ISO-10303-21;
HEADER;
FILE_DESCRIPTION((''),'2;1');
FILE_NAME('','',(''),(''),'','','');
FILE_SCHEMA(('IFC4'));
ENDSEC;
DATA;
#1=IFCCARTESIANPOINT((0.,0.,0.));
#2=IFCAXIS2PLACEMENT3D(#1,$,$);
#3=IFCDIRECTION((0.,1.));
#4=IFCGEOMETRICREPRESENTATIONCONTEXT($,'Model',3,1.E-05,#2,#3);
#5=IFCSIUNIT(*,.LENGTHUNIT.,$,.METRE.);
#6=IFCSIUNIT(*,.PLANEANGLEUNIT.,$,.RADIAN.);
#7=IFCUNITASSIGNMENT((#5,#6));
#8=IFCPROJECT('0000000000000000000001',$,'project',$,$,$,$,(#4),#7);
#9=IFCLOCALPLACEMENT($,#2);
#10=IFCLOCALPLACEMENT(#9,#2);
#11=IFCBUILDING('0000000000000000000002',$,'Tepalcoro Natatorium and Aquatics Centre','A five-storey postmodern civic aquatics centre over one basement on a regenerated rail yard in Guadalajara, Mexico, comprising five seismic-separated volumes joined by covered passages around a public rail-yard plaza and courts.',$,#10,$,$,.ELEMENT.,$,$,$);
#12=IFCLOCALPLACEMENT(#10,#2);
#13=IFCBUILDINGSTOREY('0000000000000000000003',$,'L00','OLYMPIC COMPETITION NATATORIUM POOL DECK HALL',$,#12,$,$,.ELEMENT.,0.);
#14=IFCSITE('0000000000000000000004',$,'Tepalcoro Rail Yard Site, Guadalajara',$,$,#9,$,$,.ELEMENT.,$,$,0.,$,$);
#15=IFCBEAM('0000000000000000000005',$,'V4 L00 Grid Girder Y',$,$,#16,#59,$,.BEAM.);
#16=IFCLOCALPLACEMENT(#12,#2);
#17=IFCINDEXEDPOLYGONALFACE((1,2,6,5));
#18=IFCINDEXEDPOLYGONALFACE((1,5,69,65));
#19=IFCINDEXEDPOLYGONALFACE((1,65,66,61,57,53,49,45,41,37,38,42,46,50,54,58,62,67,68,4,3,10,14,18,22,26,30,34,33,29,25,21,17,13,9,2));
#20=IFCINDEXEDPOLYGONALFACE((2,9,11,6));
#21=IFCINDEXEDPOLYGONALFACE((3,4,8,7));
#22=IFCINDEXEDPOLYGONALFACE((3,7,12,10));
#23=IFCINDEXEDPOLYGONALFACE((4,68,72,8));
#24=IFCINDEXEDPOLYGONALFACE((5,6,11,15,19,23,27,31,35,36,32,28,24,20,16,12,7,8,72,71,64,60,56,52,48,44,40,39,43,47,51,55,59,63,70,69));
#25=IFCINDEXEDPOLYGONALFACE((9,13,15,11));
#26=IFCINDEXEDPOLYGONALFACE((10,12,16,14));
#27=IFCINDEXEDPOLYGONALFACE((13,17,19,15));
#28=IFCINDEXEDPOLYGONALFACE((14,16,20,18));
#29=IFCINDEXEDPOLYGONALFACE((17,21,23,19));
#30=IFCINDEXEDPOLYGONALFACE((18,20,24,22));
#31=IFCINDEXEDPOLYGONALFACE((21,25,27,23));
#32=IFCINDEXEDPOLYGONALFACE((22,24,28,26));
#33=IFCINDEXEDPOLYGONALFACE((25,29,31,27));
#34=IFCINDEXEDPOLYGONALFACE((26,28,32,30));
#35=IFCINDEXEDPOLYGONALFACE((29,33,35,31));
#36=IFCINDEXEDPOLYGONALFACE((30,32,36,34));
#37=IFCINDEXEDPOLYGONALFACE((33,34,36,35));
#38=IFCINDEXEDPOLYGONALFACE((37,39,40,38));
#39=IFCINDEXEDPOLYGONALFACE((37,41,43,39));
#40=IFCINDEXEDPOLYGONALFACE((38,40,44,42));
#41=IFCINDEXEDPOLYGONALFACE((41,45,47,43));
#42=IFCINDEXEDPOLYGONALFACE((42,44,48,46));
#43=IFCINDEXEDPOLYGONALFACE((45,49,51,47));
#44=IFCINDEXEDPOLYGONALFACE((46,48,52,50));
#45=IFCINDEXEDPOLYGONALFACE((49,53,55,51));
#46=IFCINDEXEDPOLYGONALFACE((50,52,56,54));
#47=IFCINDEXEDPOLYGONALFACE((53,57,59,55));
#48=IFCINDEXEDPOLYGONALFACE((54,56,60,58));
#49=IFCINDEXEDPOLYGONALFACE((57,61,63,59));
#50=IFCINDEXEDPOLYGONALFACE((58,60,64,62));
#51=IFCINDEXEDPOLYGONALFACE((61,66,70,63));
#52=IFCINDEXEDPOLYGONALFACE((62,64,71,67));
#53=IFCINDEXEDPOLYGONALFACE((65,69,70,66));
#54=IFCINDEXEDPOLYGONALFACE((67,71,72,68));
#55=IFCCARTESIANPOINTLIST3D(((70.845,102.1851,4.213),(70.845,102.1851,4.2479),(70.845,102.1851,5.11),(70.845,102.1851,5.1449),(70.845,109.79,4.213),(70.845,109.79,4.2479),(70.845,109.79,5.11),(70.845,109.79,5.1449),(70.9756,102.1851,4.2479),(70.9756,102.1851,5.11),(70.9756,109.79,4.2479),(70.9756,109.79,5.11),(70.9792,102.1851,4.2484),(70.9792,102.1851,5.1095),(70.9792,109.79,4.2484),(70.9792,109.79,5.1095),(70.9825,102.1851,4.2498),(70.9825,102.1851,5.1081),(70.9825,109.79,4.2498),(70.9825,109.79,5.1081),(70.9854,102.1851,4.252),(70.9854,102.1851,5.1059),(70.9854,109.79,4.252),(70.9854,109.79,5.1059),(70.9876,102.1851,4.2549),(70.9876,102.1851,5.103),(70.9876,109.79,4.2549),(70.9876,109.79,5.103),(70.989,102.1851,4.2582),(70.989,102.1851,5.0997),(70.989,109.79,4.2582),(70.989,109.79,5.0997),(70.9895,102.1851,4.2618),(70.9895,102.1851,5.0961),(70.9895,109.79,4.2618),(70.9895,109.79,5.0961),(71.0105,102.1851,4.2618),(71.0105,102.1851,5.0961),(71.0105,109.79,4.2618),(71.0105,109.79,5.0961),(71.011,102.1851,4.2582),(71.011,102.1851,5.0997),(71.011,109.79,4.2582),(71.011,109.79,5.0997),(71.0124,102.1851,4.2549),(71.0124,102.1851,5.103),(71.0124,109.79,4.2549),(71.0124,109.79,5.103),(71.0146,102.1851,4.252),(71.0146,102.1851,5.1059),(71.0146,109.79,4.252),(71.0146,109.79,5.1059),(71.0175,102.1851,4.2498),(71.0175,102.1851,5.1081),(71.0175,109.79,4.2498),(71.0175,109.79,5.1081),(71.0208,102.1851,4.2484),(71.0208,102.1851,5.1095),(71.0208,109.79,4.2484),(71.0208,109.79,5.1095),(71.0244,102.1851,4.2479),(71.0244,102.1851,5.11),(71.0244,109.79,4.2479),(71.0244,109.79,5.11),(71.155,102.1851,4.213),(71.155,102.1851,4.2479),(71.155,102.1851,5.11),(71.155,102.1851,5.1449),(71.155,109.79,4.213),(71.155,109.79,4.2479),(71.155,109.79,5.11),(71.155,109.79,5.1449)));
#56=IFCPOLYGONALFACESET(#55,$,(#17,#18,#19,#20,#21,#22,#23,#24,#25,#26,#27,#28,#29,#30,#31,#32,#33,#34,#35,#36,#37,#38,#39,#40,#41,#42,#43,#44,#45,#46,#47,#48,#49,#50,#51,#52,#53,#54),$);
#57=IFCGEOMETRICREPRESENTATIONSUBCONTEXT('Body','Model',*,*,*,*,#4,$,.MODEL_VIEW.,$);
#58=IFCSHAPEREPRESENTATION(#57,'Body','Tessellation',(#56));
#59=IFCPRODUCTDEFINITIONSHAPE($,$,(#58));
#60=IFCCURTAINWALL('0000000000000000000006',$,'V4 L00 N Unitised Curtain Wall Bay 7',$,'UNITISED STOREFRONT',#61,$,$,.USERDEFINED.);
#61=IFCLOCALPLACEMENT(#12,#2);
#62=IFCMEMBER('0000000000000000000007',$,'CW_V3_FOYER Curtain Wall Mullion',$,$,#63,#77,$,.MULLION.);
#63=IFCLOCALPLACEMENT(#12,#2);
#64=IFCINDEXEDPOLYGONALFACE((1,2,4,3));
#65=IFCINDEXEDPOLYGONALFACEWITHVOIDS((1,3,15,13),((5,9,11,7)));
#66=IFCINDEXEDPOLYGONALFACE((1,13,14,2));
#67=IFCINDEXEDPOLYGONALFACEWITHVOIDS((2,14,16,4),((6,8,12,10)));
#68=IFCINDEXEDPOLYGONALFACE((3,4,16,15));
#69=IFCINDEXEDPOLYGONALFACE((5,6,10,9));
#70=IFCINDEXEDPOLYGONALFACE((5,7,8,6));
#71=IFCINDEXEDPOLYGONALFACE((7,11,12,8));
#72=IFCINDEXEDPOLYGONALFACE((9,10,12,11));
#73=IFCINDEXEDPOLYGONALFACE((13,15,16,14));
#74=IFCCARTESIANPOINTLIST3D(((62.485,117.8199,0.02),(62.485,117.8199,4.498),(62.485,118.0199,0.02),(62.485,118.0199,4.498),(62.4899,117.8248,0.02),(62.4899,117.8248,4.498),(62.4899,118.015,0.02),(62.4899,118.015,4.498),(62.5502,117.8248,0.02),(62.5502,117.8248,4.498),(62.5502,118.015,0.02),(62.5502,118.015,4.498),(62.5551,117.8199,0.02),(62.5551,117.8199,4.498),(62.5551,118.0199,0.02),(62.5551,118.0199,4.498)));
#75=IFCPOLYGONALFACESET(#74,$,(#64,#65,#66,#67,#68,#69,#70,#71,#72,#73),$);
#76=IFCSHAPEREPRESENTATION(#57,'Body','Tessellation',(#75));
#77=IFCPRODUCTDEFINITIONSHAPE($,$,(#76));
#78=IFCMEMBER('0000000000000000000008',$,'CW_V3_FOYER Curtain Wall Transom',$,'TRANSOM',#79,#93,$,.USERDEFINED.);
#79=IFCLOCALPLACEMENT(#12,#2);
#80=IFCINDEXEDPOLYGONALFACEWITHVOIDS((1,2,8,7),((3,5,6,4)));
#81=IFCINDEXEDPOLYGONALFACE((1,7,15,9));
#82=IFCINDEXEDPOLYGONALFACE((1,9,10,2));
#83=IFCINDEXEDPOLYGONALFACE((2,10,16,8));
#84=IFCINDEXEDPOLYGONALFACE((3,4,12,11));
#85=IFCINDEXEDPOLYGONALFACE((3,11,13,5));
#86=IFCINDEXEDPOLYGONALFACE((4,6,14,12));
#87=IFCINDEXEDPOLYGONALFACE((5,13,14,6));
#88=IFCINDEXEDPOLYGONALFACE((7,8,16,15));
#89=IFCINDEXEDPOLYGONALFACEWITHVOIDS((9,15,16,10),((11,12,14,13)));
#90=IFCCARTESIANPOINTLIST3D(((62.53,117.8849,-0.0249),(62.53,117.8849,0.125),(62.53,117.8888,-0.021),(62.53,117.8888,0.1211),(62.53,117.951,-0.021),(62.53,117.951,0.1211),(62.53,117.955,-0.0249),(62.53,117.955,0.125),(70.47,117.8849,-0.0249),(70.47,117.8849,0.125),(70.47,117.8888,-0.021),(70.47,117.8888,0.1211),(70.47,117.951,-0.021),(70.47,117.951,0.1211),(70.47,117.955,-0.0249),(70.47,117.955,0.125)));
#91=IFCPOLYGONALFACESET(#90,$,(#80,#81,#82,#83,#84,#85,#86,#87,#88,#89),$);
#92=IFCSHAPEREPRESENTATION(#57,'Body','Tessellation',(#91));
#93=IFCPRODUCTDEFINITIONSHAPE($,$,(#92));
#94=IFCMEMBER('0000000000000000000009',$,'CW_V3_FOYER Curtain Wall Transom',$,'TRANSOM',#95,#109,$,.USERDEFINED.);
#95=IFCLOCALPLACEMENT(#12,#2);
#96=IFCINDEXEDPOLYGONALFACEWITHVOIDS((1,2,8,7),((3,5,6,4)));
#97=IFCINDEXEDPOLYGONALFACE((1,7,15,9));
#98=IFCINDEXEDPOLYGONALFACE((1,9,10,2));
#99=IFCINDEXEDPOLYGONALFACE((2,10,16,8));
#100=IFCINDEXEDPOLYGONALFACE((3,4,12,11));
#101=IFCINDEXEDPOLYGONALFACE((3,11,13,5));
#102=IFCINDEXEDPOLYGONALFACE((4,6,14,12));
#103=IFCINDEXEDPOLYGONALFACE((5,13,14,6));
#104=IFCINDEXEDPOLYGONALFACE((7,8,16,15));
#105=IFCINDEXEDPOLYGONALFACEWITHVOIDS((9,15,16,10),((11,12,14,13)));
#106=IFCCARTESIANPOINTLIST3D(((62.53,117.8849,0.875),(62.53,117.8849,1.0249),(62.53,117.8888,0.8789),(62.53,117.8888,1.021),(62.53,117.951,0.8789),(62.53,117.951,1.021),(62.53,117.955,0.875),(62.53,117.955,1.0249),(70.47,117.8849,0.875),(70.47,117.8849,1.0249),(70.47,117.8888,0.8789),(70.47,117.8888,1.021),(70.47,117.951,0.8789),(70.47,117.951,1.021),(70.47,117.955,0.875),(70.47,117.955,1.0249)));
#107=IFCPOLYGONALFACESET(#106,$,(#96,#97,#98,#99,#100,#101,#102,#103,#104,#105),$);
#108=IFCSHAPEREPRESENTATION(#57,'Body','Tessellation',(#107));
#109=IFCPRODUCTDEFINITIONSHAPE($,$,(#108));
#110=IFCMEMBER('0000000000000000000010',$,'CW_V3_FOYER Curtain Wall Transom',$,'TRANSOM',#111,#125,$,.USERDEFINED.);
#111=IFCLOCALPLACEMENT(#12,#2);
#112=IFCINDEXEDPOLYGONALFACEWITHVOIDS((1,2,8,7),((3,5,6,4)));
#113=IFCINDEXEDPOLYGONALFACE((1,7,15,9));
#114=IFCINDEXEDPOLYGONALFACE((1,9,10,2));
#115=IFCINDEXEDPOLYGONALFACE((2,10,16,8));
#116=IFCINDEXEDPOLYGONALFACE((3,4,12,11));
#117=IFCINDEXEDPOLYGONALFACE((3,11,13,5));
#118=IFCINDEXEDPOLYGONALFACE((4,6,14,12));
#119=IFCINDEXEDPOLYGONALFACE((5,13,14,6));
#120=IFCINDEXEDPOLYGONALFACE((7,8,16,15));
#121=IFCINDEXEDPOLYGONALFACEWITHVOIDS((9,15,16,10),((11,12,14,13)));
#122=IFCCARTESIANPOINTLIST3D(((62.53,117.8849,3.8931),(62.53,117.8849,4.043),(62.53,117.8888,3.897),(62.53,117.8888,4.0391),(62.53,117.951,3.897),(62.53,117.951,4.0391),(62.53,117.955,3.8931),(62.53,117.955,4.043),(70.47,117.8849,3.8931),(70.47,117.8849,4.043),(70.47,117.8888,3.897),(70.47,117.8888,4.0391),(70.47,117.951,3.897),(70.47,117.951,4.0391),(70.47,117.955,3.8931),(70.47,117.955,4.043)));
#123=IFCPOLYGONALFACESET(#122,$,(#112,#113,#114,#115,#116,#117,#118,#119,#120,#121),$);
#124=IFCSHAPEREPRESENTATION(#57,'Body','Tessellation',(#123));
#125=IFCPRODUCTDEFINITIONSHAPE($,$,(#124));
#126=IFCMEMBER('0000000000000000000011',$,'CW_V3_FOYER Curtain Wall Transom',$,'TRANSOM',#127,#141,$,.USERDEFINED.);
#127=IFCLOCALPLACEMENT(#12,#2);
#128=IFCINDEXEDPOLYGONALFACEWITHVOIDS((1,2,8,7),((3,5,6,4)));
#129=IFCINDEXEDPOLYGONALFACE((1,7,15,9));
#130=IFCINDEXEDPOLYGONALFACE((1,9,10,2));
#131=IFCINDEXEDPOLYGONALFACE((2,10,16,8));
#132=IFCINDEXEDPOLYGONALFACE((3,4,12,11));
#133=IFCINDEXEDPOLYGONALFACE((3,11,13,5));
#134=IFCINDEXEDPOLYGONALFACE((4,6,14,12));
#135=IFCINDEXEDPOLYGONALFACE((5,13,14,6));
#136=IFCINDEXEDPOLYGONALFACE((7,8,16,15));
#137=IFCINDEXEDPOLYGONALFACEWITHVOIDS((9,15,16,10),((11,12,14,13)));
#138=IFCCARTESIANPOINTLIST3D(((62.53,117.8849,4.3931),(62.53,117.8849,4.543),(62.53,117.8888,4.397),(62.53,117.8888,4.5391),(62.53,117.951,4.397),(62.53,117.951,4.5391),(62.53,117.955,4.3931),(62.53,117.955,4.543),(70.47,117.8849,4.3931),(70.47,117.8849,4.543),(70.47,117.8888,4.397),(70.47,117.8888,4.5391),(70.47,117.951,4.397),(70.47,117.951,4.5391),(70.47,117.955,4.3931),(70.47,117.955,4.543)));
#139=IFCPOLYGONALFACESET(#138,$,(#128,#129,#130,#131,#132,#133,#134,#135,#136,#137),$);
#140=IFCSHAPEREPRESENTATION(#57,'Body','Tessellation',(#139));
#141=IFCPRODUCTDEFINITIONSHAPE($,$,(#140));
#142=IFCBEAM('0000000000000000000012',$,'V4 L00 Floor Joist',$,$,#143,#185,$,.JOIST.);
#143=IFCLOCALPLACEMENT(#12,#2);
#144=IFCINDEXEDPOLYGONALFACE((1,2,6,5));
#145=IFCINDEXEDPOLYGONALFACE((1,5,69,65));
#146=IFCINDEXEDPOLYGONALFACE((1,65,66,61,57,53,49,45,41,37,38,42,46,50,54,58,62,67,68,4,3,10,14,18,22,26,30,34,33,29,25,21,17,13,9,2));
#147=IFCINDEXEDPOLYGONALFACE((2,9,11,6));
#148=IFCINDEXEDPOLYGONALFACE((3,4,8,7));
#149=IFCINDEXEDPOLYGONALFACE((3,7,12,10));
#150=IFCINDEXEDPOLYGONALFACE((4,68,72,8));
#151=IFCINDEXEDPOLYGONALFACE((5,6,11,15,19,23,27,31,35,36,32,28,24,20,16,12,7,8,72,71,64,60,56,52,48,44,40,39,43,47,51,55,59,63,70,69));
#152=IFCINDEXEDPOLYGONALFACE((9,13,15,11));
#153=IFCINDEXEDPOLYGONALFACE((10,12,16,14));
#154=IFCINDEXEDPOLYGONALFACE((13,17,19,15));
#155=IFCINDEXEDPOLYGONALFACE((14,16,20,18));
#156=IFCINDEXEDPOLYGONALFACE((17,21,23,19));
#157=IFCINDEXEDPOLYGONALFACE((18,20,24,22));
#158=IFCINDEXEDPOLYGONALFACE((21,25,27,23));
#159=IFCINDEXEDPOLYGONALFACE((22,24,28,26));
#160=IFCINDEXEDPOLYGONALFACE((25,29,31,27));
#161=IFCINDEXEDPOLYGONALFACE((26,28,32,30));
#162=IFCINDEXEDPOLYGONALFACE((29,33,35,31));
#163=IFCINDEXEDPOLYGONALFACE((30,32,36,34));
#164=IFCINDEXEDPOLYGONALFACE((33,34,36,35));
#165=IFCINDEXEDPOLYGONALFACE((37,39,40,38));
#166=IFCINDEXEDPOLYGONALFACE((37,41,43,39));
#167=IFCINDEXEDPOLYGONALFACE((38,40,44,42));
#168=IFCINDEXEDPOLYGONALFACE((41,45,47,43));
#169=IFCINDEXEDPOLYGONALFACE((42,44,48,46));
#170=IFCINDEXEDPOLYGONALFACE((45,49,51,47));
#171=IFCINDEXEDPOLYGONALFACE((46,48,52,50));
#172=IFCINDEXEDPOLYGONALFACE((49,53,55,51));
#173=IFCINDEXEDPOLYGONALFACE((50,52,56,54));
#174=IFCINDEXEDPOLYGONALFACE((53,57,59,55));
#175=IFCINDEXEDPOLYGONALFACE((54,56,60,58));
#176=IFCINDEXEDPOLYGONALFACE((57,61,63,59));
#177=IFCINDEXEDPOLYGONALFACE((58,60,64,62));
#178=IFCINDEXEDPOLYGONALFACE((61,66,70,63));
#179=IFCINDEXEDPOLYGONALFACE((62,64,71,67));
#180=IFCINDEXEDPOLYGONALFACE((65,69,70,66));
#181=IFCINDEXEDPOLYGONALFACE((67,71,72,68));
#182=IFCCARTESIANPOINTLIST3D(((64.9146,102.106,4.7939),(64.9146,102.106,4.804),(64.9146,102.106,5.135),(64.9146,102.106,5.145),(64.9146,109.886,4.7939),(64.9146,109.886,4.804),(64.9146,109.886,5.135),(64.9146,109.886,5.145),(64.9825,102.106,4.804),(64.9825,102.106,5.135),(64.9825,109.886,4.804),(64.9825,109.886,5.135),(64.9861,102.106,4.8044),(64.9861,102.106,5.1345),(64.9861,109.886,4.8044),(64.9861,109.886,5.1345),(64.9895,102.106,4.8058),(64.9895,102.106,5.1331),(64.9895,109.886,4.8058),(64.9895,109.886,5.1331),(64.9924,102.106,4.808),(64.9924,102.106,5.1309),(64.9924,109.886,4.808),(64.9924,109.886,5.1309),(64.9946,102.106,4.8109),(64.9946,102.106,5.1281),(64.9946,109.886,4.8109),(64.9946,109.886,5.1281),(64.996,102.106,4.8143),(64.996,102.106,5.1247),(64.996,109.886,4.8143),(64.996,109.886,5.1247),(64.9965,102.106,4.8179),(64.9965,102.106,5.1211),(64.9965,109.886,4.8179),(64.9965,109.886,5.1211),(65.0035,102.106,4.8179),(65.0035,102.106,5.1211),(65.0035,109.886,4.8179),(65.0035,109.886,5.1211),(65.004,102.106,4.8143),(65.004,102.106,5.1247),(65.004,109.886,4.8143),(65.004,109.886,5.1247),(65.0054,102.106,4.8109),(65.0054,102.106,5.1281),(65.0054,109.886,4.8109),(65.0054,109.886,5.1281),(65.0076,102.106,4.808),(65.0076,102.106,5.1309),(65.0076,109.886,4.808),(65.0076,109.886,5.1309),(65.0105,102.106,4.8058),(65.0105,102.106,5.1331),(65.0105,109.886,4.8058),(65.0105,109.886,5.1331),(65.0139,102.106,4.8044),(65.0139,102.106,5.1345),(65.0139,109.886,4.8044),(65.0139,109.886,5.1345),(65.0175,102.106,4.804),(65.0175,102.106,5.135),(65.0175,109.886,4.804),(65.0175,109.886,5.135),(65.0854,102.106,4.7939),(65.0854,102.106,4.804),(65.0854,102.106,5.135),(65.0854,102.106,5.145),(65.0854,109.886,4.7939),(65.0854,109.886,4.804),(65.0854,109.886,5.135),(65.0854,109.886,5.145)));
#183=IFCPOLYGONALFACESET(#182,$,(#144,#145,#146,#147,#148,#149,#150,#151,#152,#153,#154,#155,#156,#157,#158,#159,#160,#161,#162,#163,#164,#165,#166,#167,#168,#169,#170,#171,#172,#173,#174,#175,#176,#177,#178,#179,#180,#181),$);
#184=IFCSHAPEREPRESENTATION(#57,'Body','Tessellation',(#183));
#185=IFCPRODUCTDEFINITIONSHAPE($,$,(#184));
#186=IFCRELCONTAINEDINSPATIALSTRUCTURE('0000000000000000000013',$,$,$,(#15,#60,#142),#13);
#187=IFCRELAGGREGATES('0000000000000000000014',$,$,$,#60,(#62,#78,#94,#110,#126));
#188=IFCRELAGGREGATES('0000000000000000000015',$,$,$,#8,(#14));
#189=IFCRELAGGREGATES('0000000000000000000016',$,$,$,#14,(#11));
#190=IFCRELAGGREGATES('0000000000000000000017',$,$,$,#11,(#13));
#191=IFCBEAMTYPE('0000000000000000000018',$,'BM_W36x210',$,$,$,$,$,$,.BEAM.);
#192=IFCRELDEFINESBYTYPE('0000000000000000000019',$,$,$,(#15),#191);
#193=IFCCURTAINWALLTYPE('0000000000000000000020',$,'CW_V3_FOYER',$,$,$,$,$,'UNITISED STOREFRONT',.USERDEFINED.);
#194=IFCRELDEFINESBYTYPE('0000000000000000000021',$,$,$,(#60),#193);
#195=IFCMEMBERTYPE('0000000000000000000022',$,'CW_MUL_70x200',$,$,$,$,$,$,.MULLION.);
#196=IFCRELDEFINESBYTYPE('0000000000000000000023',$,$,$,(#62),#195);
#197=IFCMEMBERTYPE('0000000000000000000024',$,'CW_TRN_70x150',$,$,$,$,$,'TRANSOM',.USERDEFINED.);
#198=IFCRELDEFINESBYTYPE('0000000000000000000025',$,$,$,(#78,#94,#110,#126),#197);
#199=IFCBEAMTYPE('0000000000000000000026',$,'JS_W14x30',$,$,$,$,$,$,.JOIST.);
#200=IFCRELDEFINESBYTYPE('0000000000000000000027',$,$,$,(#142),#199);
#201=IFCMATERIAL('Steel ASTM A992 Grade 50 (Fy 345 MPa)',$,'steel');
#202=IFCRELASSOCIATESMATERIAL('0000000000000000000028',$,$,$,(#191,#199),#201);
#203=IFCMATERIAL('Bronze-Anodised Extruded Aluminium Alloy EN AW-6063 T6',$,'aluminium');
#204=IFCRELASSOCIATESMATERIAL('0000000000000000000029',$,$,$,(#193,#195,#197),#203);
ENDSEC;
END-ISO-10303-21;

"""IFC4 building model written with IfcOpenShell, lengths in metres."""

from ifc_helpers import new_model, si_unit, direction, frame, origin, origin_2d, place, context, subcontext, project, spatial, hollow_rectangle, i_section, extrude, material, material_profile, profile_set, type_object, element, aggregate, save


model = new_model("IFC4")

# Units and contexts
model_context = context("Model", 3, precision=1e-05, world=origin(), true_north=direction((0.0, 1.0)))
body_context = subcontext(model_context, "Body", "Model", "MODEL_VIEW")
ifc_project = project(units=[si_unit("LENGTHUNIT", "METRE"), si_unit("PLANEANGLEUNIT", "RADIAN")], contexts=[model_context])

# Site, building, storey
site_placement = place(None, origin())
site = spatial("IfcSite", under=ifc_project, at=site_placement, Name="Tepalcoro Rail Yard Site, Guadalajara", CompositionType="ELEMENT", RefElevation=0.0)
building_placement = place(site_placement, origin())
building = spatial("IfcBuilding", under=site, at=building_placement, Name="Tepalcoro Natatorium and Aquatics Centre", Description="A five-storey postmodern civic aquatics centre over one basement on a regenerated rail yard in Guadalajara, Mexico, comprising five seismic-separated volumes joined by covered passages around a public rail-yard plaza and courts.", CompositionType="ELEMENT")
storey_placement = place(building_placement, origin())
storey = spatial("IfcBuildingStorey", under=building, at=storey_placement, Name="L00", Description="OLYMPIC COMPETITION NATATORIUM POOL DECK HALL", CompositionType="ELEMENT", Elevation=0.0)

# Beam
ifc_material_1 = material(Name="Steel ASTM A992 Grade 50 (Fy 345 MPa)", Category="steel")
ifc_material_profile_1 = material_profile(ifc_material_1, i_section(OverallWidth=0.3101, OverallDepth=0.9319, WebThickness=0.021, FlangeThickness=0.0349, FilletRadius=0.0139, at=origin_2d()), Name="W36X210")
ifc_profile_set_1 = profile_set([ifc_material_profile_1], Name="Steel ASTM A992 Grade 50 (Fy 345 MPa)")
beam_type_1 = type_object("IfcBeamType", Name="BM_W36x210", PredefinedType="BEAM", material=ifc_profile_set_1)
beam_1_placement = place(storey_placement, frame((71.0, 102.1851, 4.679), z_axis=(0.0, 1.0, 0.0), x_axis=(-1.0, 0.0, 0.0)))
element("IfcBeam", 1, at=beam_1_placement, inside=storey, type_object=beam_type_1, Name="V4 L00 Grid Girder Y", PredefinedType="BEAM", context=body_context, shape_type="SweptSolid", body=[
    extrude(i_section(OverallWidth=0.3101, OverallDepth=0.9319, WebThickness=0.021, FlangeThickness=0.0349, FilletRadius=0.0139, at=origin_2d()), origin(), (0.0, 0.0, 1.0), 7.605),
])

# Curtain wall, members
ifc_material_2 = material(Name="Bronze-Anodised Extruded Aluminium Alloy EN AW-6063 T6", Category="aluminium")
curtain_wall_type = type_object("IfcCurtainWallType", Name="CW_V3_FOYER", ElementType="UNITISED STOREFRONT", PredefinedType="USERDEFINED", material=ifc_material_2)
curtain_wall_placement = place(storey_placement, origin())
curtain_wall = element("IfcCurtainWall", 2, at=curtain_wall_placement, inside=storey, type_object=curtain_wall_type, Name="V4 L00 N Unitised Curtain Wall Bay 7", ObjectType="UNITISED STOREFRONT", PredefinedType="USERDEFINED")
ifc_material_profile_2 = material_profile(ifc_material_2, hollow_rectangle(XDim=0.0701, YDim=0.2, WallThickness=0.0049, at=origin_2d()), Name="AL70X200X5")
ifc_profile_set_2 = profile_set([ifc_material_profile_2], Name="Bronze-Anodised Extruded Aluminium Alloy EN AW-6063 T6")
member_type_1 = type_object("IfcMemberType", Name="CW_MUL_70x200", PredefinedType="MULLION", material=ifc_profile_set_2)
member_1_placement = place(storey_placement, frame((62.52, 117.9199, 0.02), z_axis=(0.0, 0.0, 1.0), x_axis=(1.0, 0.0, 0.0)))
member_1 = element("IfcMember", 3, at=member_1_placement, type_object=member_type_1, Name="CW_V3_FOYER Curtain Wall Mullion", PredefinedType="MULLION", context=body_context, shape_type="SweptSolid", body=[
    extrude(hollow_rectangle(XDim=0.0701, YDim=0.2, WallThickness=0.0049, at=origin_2d()), origin(), (0.0, 0.0, 1.0), 4.478),
])
ifc_material_profile_3 = material_profile(ifc_material_2, hollow_rectangle(XDim=0.0701, YDim=0.1499, WallThickness=0.0039, at=origin_2d()), Name="AL70X150X4")
ifc_profile_set_3 = profile_set([ifc_material_profile_3], Name="Bronze-Anodised Extruded Aluminium Alloy EN AW-6063 T6")
member_type_2 = type_object("IfcMemberType", Name="CW_TRN_70x150", ElementType="TRANSOM", PredefinedType="USERDEFINED", material=ifc_profile_set_3)
member_2_placement = place(storey_placement, frame((62.53, 117.9199, 0.05), z_axis=(1.0, 0.0, 0.0), x_axis=(0.0, 1.0, 0.0)))
member_2 = element("IfcMember", 4, at=member_2_placement, type_object=member_type_2, Name="CW_V3_FOYER Curtain Wall Transom", ObjectType="TRANSOM", PredefinedType="USERDEFINED", context=body_context, shape_type="SweptSolid", body=[
    extrude(hollow_rectangle(XDim=0.0701, YDim=0.1499, WallThickness=0.0039, at=origin_2d()), origin(), (0.0, 0.0, 1.0), 7.9399),
])
member_3_placement = place(storey_placement, frame((62.53, 117.9199, 0.95), z_axis=(1.0, 0.0, 0.0), x_axis=(0.0, 1.0, 0.0)))
member_3 = element("IfcMember", 5, at=member_3_placement, type_object=member_type_2, Name="CW_V3_FOYER Curtain Wall Transom", ObjectType="TRANSOM", PredefinedType="USERDEFINED", context=body_context, shape_type="SweptSolid", body=[
    extrude(hollow_rectangle(XDim=0.0701, YDim=0.1499, WallThickness=0.0039, at=origin_2d()), origin(), (0.0, 0.0, 1.0), 7.9399),
])
member_4_placement = place(storey_placement, frame((62.53, 117.9199, 3.968), z_axis=(1.0, 0.0, 0.0), x_axis=(0.0, 1.0, 0.0)))
member_4 = element("IfcMember", 6, at=member_4_placement, type_object=member_type_2, Name="CW_V3_FOYER Curtain Wall Transom", ObjectType="TRANSOM", PredefinedType="USERDEFINED", context=body_context, shape_type="SweptSolid", body=[
    extrude(hollow_rectangle(XDim=0.0701, YDim=0.1499, WallThickness=0.0039, at=origin_2d()), origin(), (0.0, 0.0, 1.0), 7.9399),
])
member_5_placement = place(storey_placement, frame((62.53, 117.9199, 4.468), z_axis=(1.0, 0.0, 0.0), x_axis=(0.0, 1.0, 0.0)))
member_5 = element("IfcMember", 7, at=member_5_placement, type_object=member_type_2, Name="CW_V3_FOYER Curtain Wall Transom", ObjectType="TRANSOM", PredefinedType="USERDEFINED", context=body_context, shape_type="SweptSolid", body=[
    extrude(hollow_rectangle(XDim=0.0701, YDim=0.1499, WallThickness=0.0039, at=origin_2d()), origin(), (0.0, 0.0, 1.0), 7.9399),
])
aggregate(curtain_wall, [member_1, member_2, member_3, member_4, member_5])

# Beam
ifc_material_profile_4 = material_profile(ifc_material_1, i_section(OverallWidth=0.1709, OverallDepth=0.3511, WebThickness=0.0071, FlangeThickness=0.01, FilletRadius=0.0139, at=origin_2d()), Name="W14X30")
ifc_profile_set_4 = profile_set([ifc_material_profile_4], Name="Steel ASTM A992 Grade 50 (Fy 345 MPa)")
beam_type_2 = type_object("IfcBeamType", Name="JS_W14x30", PredefinedType="JOIST", material=ifc_profile_set_4)
beam_2_placement = place(storey_placement, frame((65.0, 102.106, 4.9695), z_axis=(0.0, 1.0, 0.0), x_axis=(-1.0, 0.0, 0.0)))
element("IfcBeam", 8, at=beam_2_placement, inside=storey, type_object=beam_type_2, Name="V4 L00 Floor Joist", PredefinedType="JOIST", context=body_context, shape_type="SweptSolid", body=[
    extrude(i_section(OverallWidth=0.1709, OverallDepth=0.3511, WebThickness=0.0071, FlangeThickness=0.01, FilletRadius=0.0139, at=origin_2d()), origin(), (0.0, 0.0, 1.0), 7.78),
])

save(model, "model.ifc")
